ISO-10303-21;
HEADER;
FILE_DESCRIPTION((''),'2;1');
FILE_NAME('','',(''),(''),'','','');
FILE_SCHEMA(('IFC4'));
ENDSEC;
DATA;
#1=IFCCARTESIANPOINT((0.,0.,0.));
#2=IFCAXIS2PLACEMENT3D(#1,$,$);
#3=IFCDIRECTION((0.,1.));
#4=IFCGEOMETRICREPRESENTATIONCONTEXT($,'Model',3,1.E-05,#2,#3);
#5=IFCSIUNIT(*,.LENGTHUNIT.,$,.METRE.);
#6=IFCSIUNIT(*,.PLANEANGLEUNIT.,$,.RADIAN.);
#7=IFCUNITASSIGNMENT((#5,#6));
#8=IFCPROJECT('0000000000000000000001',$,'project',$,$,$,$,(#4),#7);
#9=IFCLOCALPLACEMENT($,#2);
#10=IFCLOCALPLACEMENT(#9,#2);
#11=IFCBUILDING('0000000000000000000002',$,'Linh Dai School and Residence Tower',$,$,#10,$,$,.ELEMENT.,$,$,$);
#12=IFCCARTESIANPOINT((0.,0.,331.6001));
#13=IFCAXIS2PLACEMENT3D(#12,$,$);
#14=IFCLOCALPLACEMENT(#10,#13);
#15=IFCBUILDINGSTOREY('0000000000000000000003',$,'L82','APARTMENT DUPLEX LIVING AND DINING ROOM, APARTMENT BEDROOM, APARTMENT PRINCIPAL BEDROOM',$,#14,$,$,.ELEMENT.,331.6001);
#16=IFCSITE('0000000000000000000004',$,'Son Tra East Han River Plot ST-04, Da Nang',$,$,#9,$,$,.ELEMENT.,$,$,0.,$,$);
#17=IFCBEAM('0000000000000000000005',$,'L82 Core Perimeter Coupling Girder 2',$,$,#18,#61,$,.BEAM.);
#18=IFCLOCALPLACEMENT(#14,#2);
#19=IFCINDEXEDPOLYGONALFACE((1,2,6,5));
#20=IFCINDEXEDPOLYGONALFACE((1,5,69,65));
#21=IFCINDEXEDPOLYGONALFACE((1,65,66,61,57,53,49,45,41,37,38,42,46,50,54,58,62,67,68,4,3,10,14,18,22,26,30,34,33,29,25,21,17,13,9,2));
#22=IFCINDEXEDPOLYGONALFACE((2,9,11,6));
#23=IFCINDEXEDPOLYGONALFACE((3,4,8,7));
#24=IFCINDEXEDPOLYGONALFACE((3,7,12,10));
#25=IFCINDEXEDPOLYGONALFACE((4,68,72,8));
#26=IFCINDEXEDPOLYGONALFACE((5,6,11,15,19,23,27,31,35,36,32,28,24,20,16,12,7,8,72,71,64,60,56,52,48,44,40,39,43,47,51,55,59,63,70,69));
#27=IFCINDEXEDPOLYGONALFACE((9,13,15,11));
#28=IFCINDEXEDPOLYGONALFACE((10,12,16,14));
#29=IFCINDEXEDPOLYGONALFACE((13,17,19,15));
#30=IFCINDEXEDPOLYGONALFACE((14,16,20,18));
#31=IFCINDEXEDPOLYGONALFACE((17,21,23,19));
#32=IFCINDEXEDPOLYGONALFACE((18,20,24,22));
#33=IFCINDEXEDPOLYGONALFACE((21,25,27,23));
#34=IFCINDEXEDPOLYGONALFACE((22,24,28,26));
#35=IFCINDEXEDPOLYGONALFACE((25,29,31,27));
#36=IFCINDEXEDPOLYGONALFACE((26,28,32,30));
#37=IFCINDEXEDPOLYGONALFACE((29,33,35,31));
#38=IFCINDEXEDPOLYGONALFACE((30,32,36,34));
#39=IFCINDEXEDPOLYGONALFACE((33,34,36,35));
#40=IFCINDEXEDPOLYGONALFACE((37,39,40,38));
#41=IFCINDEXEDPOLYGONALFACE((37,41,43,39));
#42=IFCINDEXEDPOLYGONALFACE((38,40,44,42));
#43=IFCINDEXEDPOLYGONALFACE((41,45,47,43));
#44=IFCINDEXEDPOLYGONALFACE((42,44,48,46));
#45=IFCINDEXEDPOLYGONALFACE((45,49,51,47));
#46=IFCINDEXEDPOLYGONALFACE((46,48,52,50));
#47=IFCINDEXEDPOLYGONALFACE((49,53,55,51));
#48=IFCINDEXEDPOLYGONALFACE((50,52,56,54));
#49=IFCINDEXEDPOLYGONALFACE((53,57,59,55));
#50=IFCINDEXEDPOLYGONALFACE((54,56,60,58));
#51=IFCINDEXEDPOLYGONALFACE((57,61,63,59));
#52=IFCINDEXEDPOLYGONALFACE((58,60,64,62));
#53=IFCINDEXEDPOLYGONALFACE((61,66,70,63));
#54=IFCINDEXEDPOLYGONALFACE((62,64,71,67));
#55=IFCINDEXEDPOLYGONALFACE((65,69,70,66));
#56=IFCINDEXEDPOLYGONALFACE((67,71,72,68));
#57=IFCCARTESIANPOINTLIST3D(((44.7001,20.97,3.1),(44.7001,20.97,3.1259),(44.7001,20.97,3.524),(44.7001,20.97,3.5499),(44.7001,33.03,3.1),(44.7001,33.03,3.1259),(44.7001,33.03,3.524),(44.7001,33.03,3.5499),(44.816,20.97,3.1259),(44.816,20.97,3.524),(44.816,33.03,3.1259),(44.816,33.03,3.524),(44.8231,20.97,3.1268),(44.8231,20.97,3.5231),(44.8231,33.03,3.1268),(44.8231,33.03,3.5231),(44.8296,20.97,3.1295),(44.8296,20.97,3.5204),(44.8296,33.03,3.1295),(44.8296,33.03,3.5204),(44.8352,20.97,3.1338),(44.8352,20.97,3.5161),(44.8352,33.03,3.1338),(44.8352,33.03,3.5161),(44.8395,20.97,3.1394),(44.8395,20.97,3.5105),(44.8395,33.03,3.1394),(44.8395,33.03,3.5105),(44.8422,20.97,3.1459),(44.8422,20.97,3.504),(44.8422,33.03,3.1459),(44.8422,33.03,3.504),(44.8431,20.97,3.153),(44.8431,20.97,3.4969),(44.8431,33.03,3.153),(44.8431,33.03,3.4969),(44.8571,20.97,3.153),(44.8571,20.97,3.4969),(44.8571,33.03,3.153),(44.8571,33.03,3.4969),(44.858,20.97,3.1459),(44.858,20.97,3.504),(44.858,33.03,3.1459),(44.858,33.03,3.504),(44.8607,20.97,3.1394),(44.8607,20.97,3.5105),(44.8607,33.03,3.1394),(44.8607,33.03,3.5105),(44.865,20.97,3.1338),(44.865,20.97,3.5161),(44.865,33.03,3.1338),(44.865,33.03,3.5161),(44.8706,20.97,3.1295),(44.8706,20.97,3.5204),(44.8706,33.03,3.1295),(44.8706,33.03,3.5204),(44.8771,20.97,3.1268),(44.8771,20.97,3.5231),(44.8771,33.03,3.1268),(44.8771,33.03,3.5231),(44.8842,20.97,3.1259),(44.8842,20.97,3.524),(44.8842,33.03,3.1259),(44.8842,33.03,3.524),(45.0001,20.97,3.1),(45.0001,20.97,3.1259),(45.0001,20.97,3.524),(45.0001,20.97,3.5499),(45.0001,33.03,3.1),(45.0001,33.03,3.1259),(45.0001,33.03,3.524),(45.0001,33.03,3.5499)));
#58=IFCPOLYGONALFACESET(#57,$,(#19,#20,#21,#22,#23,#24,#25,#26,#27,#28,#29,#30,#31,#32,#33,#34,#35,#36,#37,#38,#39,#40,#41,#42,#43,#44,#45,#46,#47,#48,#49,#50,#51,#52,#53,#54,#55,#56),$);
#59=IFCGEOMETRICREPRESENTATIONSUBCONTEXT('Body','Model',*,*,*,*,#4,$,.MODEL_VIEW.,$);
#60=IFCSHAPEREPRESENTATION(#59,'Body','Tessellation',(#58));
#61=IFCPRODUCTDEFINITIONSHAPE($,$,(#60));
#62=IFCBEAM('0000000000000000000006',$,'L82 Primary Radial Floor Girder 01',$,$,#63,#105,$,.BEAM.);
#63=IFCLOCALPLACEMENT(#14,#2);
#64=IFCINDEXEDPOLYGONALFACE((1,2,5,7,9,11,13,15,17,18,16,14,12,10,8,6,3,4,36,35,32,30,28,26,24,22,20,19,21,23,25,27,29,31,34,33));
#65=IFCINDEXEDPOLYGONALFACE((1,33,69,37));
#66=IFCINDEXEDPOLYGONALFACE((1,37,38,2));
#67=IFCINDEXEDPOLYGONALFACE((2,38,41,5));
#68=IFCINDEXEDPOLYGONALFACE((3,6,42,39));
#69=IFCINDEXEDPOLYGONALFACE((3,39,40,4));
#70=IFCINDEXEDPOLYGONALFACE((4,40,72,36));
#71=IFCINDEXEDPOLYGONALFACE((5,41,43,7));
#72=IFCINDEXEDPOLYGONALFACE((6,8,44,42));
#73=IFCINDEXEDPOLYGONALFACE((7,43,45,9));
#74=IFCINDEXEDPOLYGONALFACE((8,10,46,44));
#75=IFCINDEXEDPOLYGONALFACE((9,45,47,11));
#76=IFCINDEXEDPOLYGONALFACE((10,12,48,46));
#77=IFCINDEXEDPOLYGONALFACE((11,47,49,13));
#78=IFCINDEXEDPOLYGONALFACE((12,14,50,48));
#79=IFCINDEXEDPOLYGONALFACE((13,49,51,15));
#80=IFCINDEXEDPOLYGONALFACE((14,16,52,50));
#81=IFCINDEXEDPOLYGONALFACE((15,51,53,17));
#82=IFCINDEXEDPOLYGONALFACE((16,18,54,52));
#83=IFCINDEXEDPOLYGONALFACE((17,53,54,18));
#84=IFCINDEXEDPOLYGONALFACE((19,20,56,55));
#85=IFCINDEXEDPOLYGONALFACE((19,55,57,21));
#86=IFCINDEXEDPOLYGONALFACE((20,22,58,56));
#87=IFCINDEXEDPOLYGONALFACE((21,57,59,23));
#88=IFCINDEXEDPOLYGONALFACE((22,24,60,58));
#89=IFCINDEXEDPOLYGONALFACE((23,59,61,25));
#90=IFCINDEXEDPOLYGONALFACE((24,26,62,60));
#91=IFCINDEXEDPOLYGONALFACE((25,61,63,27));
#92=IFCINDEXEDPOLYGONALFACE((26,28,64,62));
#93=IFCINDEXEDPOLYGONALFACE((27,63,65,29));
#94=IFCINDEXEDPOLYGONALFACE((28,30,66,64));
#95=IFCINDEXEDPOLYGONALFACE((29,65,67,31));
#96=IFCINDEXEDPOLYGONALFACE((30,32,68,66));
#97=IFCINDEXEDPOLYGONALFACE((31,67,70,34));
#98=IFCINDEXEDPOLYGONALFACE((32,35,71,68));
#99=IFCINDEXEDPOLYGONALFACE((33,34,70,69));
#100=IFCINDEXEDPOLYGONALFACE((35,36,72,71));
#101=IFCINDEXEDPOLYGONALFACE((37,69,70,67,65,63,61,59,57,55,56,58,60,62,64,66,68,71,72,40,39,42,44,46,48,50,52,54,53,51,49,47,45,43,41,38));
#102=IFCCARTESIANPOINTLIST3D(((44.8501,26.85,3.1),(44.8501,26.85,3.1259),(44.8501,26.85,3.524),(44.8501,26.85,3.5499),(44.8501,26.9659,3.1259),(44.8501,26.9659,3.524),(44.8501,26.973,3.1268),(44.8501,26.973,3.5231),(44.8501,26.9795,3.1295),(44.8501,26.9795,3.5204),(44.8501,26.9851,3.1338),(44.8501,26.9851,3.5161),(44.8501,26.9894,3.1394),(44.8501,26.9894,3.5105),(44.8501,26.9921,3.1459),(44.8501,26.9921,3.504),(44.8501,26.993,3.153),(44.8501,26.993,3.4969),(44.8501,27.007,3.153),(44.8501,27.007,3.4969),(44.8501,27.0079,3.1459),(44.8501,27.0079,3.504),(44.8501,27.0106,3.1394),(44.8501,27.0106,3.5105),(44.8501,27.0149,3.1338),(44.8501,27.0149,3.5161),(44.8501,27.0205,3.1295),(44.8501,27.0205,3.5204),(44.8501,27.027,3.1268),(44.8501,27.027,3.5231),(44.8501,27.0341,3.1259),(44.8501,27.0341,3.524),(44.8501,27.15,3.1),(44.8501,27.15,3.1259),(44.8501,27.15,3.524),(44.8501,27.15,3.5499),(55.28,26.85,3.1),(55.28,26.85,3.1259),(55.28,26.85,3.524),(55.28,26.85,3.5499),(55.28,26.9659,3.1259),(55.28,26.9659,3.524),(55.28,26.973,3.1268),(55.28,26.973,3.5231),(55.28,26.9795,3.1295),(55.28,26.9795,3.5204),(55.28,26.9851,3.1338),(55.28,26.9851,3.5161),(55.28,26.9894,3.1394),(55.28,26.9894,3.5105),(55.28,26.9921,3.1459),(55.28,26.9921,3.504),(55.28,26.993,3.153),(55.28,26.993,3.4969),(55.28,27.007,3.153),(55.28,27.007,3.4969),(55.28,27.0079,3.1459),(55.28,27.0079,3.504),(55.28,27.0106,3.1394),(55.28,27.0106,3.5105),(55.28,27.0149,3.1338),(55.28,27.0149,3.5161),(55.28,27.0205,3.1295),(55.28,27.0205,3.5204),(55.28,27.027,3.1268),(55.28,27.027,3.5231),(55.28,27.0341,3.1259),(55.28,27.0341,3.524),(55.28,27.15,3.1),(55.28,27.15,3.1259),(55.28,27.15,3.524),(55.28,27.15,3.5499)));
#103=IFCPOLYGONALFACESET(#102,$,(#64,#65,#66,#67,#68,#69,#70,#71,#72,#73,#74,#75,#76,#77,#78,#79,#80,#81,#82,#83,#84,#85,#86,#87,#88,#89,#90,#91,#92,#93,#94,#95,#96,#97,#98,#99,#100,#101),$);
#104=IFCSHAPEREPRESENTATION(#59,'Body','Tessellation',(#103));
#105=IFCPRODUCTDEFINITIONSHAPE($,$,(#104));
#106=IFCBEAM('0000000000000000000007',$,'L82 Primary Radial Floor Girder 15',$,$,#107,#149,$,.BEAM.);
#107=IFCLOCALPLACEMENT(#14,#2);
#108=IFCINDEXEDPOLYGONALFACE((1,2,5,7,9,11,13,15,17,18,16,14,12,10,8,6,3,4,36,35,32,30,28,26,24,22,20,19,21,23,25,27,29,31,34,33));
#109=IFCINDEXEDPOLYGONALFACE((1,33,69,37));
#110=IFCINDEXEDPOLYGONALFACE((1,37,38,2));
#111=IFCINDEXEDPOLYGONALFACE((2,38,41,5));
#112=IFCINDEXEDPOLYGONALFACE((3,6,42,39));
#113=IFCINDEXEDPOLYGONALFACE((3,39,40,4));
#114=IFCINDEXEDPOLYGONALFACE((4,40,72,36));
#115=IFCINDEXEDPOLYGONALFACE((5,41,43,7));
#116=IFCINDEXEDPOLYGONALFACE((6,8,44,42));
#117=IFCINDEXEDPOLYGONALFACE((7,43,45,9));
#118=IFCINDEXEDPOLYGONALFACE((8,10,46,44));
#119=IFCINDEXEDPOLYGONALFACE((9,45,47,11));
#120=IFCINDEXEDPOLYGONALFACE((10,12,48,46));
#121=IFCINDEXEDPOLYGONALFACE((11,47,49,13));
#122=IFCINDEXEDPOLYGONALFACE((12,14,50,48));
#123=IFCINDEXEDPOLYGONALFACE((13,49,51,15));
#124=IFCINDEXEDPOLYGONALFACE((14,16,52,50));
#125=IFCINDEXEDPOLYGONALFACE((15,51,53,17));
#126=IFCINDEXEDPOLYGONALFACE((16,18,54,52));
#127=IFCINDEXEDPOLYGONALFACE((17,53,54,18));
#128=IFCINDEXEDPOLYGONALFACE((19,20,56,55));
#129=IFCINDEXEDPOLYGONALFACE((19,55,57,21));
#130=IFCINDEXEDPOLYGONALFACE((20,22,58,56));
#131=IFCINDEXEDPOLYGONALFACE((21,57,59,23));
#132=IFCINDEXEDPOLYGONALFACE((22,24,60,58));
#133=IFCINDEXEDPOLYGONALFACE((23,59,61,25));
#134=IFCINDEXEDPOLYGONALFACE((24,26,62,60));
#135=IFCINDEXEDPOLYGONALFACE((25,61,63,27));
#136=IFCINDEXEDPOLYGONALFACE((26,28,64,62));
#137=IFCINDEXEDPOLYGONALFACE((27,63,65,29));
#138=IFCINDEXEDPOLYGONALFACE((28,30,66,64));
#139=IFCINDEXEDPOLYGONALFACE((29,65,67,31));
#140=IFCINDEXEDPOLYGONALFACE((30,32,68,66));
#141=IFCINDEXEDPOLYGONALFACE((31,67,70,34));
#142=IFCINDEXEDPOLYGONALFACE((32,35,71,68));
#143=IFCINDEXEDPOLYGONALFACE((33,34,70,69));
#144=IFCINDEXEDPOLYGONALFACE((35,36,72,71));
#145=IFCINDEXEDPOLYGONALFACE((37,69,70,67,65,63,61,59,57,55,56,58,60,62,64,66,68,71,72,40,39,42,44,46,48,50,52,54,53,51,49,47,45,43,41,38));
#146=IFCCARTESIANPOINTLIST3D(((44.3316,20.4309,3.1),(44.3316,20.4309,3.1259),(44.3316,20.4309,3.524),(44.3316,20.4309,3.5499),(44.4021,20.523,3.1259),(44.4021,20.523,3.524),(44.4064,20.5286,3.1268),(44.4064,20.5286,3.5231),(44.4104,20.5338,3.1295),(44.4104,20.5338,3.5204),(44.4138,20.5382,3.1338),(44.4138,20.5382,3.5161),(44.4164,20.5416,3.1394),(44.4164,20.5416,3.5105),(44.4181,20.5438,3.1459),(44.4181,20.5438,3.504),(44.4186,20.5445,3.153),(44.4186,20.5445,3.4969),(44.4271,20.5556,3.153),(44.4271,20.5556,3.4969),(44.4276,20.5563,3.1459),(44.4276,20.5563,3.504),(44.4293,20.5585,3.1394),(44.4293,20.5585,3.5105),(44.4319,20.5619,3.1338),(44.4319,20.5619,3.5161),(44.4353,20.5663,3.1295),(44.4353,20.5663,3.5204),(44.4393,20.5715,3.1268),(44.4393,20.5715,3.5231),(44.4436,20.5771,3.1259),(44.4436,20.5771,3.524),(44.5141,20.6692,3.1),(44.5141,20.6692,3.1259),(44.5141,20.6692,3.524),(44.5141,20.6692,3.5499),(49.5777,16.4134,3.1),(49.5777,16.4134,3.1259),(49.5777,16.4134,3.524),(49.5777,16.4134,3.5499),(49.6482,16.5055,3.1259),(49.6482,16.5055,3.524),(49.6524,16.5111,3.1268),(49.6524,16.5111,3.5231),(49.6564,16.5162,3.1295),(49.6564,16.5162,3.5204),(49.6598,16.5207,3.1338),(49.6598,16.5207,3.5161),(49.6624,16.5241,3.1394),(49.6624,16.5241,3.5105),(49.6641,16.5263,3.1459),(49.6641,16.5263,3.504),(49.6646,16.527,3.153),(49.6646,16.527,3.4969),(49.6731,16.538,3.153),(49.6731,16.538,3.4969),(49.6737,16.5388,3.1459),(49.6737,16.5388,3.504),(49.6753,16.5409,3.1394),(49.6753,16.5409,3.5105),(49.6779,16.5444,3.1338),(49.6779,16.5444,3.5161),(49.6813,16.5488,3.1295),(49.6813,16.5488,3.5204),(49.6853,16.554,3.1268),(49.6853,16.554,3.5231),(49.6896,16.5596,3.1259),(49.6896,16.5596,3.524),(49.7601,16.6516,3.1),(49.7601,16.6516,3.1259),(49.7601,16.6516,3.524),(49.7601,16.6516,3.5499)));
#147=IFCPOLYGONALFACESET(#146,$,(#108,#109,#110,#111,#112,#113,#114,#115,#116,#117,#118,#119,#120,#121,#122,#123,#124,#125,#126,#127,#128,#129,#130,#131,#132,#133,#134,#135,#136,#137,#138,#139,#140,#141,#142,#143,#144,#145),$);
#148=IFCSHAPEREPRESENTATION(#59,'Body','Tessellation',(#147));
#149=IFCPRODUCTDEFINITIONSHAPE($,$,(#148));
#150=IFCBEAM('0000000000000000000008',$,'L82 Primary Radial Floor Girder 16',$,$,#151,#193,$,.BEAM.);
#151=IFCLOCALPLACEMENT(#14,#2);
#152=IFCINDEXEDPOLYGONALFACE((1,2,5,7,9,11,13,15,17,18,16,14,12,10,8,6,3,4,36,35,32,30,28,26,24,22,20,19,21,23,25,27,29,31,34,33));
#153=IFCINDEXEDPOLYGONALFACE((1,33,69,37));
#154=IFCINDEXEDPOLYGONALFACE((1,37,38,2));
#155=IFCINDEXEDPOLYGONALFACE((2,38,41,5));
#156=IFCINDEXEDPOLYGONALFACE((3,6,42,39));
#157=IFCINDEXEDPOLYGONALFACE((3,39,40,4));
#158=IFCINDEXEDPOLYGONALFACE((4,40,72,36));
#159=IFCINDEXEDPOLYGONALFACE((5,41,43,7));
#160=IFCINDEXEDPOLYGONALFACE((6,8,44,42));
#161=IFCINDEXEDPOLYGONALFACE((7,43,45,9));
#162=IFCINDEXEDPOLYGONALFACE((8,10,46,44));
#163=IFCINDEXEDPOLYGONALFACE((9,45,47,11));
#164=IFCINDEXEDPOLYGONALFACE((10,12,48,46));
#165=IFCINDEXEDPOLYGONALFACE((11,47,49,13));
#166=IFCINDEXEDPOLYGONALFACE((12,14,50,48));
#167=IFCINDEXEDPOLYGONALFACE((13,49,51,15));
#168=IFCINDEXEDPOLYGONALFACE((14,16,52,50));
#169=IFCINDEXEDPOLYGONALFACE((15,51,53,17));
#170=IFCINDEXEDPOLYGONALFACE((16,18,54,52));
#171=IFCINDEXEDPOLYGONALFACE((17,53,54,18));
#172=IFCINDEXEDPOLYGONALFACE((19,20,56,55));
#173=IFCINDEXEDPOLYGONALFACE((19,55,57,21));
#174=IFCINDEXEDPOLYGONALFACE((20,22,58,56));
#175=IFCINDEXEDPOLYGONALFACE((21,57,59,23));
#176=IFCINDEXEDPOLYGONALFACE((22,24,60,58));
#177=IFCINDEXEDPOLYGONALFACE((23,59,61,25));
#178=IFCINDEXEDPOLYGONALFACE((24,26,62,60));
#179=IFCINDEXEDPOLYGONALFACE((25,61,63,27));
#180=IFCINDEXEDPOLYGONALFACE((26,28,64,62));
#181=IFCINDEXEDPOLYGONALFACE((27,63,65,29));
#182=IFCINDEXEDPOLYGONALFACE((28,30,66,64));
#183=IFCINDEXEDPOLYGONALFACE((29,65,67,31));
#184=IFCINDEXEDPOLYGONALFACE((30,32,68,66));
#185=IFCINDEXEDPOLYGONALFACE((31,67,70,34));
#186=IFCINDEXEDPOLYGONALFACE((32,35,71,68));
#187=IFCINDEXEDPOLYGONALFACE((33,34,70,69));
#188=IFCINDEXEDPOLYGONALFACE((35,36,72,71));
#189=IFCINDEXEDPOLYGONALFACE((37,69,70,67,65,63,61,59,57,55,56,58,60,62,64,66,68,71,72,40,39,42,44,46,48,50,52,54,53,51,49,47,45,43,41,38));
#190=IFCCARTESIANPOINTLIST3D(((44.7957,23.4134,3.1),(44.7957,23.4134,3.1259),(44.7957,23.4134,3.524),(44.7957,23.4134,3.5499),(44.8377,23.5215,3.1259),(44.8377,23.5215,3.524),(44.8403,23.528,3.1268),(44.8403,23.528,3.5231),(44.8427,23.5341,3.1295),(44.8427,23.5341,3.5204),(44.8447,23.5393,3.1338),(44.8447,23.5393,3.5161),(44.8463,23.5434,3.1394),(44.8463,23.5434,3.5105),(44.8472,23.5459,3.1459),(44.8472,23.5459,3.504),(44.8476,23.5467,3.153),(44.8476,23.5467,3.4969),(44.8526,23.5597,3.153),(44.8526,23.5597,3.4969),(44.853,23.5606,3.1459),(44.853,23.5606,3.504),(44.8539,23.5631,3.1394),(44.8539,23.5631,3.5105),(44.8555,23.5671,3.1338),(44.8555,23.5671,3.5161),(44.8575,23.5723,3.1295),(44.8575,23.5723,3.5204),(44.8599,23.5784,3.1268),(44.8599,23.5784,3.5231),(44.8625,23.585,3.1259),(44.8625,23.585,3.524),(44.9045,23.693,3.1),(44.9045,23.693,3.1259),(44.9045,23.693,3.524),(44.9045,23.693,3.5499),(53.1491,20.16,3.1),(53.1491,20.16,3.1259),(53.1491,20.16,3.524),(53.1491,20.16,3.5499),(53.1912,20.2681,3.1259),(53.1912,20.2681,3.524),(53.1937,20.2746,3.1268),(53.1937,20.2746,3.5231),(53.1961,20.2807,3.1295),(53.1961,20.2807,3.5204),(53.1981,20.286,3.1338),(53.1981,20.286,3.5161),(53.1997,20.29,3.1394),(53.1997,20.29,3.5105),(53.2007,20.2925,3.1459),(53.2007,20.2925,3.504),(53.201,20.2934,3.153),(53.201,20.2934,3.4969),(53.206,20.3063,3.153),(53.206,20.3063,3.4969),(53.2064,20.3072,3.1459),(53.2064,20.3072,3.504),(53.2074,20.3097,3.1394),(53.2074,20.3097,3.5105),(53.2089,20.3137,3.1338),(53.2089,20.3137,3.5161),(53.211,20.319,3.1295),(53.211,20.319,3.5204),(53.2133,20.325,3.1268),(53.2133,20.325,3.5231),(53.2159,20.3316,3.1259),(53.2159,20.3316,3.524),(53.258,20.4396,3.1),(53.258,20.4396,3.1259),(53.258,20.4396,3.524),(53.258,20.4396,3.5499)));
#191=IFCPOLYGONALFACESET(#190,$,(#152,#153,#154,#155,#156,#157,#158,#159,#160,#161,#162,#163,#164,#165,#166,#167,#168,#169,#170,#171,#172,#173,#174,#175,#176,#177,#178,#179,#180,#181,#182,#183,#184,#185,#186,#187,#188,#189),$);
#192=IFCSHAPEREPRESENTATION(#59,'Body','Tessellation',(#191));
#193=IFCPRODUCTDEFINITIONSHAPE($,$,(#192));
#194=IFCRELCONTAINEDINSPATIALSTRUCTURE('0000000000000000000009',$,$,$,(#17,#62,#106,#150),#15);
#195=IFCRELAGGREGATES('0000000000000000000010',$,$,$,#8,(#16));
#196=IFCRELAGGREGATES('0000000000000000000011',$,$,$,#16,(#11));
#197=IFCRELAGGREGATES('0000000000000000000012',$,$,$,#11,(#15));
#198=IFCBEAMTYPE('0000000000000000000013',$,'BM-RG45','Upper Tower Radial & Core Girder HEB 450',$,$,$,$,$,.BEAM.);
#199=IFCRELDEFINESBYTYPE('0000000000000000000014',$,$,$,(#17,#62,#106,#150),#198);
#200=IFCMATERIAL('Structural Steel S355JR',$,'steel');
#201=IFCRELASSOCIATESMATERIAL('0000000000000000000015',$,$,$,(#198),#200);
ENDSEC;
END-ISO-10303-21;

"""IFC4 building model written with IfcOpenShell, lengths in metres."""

from ifc_helpers import new_model, si_unit, direction, frame, origin, origin_2d, place, context, subcontext, project, spatial, i_section, extrude, material, material_profile, profile_set, type_object, element, save


model = new_model("IFC4")

# Units and contexts
model_context = context("Model", 3, precision=1e-05, world=origin(), true_north=direction((0.0, 1.0)))
body_context = subcontext(model_context, "Body", "Model", "MODEL_VIEW")
ifc_project = project(units=[si_unit("LENGTHUNIT", "METRE"), si_unit("PLANEANGLEUNIT", "RADIAN")], contexts=[model_context])

# Site, building, storey
site_placement = place(None, origin())
site = spatial("IfcSite", under=ifc_project, at=site_placement, Name="Son Tra East Han River Plot ST-04, Da Nang", CompositionType="ELEMENT", RefElevation=0.0)
building_placement = place(site_placement, origin())
building = spatial("IfcBuilding", under=site, at=building_placement, Name="Linh Dai School and Residence Tower", CompositionType="ELEMENT")
storey_placement = place(building_placement, frame((0.0, 0.0, 331.6001)))
storey = spatial("IfcBuildingStorey", under=building, at=storey_placement, Name="L82", Description="APARTMENT DUPLEX LIVING AND DINING ROOM, APARTMENT BEDROOM, APARTMENT PRINCIPAL BEDROOM", CompositionType="ELEMENT", Elevation=331.6001)

# Shared definitions
ifc_material_1 = material(Name="Structural Steel S355JR", Category="steel")

# Beams
ifc_material_profile_1 = material_profile(ifc_material_1, i_section(OverallWidth=0.3, OverallDepth=0.45, WebThickness=0.0139, FlangeThickness=0.0259, FilletRadius=0.0271, at=origin_2d()), Name="HEB 450")
ifc_profile_set_1 = profile_set([ifc_material_profile_1], Name="Structural Steel S355JR")
beam_type_1 = type_object("IfcBeamType", Name="BM-RG45", Description="Upper Tower Radial & Core Girder HEB 450", PredefinedType="BEAM", material=ifc_profile_set_1)
beam_1_placement = place(storey_placement, frame((44.8501, 20.97, 3.325), z_axis=(0.0, 1.0, 0.0), x_axis=(-1.0, 0.0, 0.0)))
element("IfcBeam", 1, at=beam_1_placement, inside=storey, type_object=beam_type_1, Name="L82 Core Perimeter Coupling Girder 2", PredefinedType="BEAM", context=body_context, shape_type="SweptSolid", body=[
    extrude(i_section(OverallWidth=0.3, OverallDepth=0.45, WebThickness=0.0139, FlangeThickness=0.0259, FilletRadius=0.0271, at=origin_2d()), origin(), (0.0, 0.0, 1.0), 12.0601),
])
beam_2_placement = place(storey_placement, frame((44.8501, 27.0, 3.325), z_axis=(1.0, 0.0, 0.0), x_axis=(0.0, 1.0, 0.0)))
element("IfcBeam", 2, at=beam_2_placement, inside=storey, type_object=beam_type_1, Name="L82 Primary Radial Floor Girder 01", PredefinedType="BEAM", context=body_context, shape_type="SweptSolid", body=[
    extrude(i_section(OverallWidth=0.3, OverallDepth=0.45, WebThickness=0.0139, FlangeThickness=0.0259, FilletRadius=0.0271, at=origin_2d()), origin(), (0.0, 0.0, 1.0), 10.4299),
])
beam_3_placement = place(storey_placement, frame((44.4229, 20.55, 3.325), z_axis=(0.79393, -0.608009, 0.0), x_axis=(0.608009, 0.79393, 0.0)))
element("IfcBeam", 3, at=beam_3_placement, inside=storey, type_object=beam_type_1, Name="L82 Primary Radial Floor Girder 15", PredefinedType="BEAM", context=body_context, shape_type="SweptSolid", body=[
    extrude(i_section(OverallWidth=0.3, OverallDepth=0.45, WebThickness=0.0139, FlangeThickness=0.0259, FilletRadius=0.0271, at=origin_2d()), origin(), (0.0, 0.0, 1.0), 6.6077),
])
beam_4_placement = place(storey_placement, frame((44.8501, 23.5532, 3.325), z_axis=(0.931823, -0.362914, 0.0), x_axis=(0.362914, 0.931823, 0.0)))
element("IfcBeam", 4, at=beam_4_placement, inside=storey, type_object=beam_type_1, Name="L82 Primary Radial Floor Girder 16", PredefinedType="BEAM", context=body_context, shape_type="SweptSolid", body=[
    extrude(i_section(OverallWidth=0.3, OverallDepth=0.45, WebThickness=0.0139, FlangeThickness=0.0259, FilletRadius=0.0271, at=origin_2d()), origin(), (0.0, 0.0, 1.0), 8.9646),
])

save(model, "model.ifc")
